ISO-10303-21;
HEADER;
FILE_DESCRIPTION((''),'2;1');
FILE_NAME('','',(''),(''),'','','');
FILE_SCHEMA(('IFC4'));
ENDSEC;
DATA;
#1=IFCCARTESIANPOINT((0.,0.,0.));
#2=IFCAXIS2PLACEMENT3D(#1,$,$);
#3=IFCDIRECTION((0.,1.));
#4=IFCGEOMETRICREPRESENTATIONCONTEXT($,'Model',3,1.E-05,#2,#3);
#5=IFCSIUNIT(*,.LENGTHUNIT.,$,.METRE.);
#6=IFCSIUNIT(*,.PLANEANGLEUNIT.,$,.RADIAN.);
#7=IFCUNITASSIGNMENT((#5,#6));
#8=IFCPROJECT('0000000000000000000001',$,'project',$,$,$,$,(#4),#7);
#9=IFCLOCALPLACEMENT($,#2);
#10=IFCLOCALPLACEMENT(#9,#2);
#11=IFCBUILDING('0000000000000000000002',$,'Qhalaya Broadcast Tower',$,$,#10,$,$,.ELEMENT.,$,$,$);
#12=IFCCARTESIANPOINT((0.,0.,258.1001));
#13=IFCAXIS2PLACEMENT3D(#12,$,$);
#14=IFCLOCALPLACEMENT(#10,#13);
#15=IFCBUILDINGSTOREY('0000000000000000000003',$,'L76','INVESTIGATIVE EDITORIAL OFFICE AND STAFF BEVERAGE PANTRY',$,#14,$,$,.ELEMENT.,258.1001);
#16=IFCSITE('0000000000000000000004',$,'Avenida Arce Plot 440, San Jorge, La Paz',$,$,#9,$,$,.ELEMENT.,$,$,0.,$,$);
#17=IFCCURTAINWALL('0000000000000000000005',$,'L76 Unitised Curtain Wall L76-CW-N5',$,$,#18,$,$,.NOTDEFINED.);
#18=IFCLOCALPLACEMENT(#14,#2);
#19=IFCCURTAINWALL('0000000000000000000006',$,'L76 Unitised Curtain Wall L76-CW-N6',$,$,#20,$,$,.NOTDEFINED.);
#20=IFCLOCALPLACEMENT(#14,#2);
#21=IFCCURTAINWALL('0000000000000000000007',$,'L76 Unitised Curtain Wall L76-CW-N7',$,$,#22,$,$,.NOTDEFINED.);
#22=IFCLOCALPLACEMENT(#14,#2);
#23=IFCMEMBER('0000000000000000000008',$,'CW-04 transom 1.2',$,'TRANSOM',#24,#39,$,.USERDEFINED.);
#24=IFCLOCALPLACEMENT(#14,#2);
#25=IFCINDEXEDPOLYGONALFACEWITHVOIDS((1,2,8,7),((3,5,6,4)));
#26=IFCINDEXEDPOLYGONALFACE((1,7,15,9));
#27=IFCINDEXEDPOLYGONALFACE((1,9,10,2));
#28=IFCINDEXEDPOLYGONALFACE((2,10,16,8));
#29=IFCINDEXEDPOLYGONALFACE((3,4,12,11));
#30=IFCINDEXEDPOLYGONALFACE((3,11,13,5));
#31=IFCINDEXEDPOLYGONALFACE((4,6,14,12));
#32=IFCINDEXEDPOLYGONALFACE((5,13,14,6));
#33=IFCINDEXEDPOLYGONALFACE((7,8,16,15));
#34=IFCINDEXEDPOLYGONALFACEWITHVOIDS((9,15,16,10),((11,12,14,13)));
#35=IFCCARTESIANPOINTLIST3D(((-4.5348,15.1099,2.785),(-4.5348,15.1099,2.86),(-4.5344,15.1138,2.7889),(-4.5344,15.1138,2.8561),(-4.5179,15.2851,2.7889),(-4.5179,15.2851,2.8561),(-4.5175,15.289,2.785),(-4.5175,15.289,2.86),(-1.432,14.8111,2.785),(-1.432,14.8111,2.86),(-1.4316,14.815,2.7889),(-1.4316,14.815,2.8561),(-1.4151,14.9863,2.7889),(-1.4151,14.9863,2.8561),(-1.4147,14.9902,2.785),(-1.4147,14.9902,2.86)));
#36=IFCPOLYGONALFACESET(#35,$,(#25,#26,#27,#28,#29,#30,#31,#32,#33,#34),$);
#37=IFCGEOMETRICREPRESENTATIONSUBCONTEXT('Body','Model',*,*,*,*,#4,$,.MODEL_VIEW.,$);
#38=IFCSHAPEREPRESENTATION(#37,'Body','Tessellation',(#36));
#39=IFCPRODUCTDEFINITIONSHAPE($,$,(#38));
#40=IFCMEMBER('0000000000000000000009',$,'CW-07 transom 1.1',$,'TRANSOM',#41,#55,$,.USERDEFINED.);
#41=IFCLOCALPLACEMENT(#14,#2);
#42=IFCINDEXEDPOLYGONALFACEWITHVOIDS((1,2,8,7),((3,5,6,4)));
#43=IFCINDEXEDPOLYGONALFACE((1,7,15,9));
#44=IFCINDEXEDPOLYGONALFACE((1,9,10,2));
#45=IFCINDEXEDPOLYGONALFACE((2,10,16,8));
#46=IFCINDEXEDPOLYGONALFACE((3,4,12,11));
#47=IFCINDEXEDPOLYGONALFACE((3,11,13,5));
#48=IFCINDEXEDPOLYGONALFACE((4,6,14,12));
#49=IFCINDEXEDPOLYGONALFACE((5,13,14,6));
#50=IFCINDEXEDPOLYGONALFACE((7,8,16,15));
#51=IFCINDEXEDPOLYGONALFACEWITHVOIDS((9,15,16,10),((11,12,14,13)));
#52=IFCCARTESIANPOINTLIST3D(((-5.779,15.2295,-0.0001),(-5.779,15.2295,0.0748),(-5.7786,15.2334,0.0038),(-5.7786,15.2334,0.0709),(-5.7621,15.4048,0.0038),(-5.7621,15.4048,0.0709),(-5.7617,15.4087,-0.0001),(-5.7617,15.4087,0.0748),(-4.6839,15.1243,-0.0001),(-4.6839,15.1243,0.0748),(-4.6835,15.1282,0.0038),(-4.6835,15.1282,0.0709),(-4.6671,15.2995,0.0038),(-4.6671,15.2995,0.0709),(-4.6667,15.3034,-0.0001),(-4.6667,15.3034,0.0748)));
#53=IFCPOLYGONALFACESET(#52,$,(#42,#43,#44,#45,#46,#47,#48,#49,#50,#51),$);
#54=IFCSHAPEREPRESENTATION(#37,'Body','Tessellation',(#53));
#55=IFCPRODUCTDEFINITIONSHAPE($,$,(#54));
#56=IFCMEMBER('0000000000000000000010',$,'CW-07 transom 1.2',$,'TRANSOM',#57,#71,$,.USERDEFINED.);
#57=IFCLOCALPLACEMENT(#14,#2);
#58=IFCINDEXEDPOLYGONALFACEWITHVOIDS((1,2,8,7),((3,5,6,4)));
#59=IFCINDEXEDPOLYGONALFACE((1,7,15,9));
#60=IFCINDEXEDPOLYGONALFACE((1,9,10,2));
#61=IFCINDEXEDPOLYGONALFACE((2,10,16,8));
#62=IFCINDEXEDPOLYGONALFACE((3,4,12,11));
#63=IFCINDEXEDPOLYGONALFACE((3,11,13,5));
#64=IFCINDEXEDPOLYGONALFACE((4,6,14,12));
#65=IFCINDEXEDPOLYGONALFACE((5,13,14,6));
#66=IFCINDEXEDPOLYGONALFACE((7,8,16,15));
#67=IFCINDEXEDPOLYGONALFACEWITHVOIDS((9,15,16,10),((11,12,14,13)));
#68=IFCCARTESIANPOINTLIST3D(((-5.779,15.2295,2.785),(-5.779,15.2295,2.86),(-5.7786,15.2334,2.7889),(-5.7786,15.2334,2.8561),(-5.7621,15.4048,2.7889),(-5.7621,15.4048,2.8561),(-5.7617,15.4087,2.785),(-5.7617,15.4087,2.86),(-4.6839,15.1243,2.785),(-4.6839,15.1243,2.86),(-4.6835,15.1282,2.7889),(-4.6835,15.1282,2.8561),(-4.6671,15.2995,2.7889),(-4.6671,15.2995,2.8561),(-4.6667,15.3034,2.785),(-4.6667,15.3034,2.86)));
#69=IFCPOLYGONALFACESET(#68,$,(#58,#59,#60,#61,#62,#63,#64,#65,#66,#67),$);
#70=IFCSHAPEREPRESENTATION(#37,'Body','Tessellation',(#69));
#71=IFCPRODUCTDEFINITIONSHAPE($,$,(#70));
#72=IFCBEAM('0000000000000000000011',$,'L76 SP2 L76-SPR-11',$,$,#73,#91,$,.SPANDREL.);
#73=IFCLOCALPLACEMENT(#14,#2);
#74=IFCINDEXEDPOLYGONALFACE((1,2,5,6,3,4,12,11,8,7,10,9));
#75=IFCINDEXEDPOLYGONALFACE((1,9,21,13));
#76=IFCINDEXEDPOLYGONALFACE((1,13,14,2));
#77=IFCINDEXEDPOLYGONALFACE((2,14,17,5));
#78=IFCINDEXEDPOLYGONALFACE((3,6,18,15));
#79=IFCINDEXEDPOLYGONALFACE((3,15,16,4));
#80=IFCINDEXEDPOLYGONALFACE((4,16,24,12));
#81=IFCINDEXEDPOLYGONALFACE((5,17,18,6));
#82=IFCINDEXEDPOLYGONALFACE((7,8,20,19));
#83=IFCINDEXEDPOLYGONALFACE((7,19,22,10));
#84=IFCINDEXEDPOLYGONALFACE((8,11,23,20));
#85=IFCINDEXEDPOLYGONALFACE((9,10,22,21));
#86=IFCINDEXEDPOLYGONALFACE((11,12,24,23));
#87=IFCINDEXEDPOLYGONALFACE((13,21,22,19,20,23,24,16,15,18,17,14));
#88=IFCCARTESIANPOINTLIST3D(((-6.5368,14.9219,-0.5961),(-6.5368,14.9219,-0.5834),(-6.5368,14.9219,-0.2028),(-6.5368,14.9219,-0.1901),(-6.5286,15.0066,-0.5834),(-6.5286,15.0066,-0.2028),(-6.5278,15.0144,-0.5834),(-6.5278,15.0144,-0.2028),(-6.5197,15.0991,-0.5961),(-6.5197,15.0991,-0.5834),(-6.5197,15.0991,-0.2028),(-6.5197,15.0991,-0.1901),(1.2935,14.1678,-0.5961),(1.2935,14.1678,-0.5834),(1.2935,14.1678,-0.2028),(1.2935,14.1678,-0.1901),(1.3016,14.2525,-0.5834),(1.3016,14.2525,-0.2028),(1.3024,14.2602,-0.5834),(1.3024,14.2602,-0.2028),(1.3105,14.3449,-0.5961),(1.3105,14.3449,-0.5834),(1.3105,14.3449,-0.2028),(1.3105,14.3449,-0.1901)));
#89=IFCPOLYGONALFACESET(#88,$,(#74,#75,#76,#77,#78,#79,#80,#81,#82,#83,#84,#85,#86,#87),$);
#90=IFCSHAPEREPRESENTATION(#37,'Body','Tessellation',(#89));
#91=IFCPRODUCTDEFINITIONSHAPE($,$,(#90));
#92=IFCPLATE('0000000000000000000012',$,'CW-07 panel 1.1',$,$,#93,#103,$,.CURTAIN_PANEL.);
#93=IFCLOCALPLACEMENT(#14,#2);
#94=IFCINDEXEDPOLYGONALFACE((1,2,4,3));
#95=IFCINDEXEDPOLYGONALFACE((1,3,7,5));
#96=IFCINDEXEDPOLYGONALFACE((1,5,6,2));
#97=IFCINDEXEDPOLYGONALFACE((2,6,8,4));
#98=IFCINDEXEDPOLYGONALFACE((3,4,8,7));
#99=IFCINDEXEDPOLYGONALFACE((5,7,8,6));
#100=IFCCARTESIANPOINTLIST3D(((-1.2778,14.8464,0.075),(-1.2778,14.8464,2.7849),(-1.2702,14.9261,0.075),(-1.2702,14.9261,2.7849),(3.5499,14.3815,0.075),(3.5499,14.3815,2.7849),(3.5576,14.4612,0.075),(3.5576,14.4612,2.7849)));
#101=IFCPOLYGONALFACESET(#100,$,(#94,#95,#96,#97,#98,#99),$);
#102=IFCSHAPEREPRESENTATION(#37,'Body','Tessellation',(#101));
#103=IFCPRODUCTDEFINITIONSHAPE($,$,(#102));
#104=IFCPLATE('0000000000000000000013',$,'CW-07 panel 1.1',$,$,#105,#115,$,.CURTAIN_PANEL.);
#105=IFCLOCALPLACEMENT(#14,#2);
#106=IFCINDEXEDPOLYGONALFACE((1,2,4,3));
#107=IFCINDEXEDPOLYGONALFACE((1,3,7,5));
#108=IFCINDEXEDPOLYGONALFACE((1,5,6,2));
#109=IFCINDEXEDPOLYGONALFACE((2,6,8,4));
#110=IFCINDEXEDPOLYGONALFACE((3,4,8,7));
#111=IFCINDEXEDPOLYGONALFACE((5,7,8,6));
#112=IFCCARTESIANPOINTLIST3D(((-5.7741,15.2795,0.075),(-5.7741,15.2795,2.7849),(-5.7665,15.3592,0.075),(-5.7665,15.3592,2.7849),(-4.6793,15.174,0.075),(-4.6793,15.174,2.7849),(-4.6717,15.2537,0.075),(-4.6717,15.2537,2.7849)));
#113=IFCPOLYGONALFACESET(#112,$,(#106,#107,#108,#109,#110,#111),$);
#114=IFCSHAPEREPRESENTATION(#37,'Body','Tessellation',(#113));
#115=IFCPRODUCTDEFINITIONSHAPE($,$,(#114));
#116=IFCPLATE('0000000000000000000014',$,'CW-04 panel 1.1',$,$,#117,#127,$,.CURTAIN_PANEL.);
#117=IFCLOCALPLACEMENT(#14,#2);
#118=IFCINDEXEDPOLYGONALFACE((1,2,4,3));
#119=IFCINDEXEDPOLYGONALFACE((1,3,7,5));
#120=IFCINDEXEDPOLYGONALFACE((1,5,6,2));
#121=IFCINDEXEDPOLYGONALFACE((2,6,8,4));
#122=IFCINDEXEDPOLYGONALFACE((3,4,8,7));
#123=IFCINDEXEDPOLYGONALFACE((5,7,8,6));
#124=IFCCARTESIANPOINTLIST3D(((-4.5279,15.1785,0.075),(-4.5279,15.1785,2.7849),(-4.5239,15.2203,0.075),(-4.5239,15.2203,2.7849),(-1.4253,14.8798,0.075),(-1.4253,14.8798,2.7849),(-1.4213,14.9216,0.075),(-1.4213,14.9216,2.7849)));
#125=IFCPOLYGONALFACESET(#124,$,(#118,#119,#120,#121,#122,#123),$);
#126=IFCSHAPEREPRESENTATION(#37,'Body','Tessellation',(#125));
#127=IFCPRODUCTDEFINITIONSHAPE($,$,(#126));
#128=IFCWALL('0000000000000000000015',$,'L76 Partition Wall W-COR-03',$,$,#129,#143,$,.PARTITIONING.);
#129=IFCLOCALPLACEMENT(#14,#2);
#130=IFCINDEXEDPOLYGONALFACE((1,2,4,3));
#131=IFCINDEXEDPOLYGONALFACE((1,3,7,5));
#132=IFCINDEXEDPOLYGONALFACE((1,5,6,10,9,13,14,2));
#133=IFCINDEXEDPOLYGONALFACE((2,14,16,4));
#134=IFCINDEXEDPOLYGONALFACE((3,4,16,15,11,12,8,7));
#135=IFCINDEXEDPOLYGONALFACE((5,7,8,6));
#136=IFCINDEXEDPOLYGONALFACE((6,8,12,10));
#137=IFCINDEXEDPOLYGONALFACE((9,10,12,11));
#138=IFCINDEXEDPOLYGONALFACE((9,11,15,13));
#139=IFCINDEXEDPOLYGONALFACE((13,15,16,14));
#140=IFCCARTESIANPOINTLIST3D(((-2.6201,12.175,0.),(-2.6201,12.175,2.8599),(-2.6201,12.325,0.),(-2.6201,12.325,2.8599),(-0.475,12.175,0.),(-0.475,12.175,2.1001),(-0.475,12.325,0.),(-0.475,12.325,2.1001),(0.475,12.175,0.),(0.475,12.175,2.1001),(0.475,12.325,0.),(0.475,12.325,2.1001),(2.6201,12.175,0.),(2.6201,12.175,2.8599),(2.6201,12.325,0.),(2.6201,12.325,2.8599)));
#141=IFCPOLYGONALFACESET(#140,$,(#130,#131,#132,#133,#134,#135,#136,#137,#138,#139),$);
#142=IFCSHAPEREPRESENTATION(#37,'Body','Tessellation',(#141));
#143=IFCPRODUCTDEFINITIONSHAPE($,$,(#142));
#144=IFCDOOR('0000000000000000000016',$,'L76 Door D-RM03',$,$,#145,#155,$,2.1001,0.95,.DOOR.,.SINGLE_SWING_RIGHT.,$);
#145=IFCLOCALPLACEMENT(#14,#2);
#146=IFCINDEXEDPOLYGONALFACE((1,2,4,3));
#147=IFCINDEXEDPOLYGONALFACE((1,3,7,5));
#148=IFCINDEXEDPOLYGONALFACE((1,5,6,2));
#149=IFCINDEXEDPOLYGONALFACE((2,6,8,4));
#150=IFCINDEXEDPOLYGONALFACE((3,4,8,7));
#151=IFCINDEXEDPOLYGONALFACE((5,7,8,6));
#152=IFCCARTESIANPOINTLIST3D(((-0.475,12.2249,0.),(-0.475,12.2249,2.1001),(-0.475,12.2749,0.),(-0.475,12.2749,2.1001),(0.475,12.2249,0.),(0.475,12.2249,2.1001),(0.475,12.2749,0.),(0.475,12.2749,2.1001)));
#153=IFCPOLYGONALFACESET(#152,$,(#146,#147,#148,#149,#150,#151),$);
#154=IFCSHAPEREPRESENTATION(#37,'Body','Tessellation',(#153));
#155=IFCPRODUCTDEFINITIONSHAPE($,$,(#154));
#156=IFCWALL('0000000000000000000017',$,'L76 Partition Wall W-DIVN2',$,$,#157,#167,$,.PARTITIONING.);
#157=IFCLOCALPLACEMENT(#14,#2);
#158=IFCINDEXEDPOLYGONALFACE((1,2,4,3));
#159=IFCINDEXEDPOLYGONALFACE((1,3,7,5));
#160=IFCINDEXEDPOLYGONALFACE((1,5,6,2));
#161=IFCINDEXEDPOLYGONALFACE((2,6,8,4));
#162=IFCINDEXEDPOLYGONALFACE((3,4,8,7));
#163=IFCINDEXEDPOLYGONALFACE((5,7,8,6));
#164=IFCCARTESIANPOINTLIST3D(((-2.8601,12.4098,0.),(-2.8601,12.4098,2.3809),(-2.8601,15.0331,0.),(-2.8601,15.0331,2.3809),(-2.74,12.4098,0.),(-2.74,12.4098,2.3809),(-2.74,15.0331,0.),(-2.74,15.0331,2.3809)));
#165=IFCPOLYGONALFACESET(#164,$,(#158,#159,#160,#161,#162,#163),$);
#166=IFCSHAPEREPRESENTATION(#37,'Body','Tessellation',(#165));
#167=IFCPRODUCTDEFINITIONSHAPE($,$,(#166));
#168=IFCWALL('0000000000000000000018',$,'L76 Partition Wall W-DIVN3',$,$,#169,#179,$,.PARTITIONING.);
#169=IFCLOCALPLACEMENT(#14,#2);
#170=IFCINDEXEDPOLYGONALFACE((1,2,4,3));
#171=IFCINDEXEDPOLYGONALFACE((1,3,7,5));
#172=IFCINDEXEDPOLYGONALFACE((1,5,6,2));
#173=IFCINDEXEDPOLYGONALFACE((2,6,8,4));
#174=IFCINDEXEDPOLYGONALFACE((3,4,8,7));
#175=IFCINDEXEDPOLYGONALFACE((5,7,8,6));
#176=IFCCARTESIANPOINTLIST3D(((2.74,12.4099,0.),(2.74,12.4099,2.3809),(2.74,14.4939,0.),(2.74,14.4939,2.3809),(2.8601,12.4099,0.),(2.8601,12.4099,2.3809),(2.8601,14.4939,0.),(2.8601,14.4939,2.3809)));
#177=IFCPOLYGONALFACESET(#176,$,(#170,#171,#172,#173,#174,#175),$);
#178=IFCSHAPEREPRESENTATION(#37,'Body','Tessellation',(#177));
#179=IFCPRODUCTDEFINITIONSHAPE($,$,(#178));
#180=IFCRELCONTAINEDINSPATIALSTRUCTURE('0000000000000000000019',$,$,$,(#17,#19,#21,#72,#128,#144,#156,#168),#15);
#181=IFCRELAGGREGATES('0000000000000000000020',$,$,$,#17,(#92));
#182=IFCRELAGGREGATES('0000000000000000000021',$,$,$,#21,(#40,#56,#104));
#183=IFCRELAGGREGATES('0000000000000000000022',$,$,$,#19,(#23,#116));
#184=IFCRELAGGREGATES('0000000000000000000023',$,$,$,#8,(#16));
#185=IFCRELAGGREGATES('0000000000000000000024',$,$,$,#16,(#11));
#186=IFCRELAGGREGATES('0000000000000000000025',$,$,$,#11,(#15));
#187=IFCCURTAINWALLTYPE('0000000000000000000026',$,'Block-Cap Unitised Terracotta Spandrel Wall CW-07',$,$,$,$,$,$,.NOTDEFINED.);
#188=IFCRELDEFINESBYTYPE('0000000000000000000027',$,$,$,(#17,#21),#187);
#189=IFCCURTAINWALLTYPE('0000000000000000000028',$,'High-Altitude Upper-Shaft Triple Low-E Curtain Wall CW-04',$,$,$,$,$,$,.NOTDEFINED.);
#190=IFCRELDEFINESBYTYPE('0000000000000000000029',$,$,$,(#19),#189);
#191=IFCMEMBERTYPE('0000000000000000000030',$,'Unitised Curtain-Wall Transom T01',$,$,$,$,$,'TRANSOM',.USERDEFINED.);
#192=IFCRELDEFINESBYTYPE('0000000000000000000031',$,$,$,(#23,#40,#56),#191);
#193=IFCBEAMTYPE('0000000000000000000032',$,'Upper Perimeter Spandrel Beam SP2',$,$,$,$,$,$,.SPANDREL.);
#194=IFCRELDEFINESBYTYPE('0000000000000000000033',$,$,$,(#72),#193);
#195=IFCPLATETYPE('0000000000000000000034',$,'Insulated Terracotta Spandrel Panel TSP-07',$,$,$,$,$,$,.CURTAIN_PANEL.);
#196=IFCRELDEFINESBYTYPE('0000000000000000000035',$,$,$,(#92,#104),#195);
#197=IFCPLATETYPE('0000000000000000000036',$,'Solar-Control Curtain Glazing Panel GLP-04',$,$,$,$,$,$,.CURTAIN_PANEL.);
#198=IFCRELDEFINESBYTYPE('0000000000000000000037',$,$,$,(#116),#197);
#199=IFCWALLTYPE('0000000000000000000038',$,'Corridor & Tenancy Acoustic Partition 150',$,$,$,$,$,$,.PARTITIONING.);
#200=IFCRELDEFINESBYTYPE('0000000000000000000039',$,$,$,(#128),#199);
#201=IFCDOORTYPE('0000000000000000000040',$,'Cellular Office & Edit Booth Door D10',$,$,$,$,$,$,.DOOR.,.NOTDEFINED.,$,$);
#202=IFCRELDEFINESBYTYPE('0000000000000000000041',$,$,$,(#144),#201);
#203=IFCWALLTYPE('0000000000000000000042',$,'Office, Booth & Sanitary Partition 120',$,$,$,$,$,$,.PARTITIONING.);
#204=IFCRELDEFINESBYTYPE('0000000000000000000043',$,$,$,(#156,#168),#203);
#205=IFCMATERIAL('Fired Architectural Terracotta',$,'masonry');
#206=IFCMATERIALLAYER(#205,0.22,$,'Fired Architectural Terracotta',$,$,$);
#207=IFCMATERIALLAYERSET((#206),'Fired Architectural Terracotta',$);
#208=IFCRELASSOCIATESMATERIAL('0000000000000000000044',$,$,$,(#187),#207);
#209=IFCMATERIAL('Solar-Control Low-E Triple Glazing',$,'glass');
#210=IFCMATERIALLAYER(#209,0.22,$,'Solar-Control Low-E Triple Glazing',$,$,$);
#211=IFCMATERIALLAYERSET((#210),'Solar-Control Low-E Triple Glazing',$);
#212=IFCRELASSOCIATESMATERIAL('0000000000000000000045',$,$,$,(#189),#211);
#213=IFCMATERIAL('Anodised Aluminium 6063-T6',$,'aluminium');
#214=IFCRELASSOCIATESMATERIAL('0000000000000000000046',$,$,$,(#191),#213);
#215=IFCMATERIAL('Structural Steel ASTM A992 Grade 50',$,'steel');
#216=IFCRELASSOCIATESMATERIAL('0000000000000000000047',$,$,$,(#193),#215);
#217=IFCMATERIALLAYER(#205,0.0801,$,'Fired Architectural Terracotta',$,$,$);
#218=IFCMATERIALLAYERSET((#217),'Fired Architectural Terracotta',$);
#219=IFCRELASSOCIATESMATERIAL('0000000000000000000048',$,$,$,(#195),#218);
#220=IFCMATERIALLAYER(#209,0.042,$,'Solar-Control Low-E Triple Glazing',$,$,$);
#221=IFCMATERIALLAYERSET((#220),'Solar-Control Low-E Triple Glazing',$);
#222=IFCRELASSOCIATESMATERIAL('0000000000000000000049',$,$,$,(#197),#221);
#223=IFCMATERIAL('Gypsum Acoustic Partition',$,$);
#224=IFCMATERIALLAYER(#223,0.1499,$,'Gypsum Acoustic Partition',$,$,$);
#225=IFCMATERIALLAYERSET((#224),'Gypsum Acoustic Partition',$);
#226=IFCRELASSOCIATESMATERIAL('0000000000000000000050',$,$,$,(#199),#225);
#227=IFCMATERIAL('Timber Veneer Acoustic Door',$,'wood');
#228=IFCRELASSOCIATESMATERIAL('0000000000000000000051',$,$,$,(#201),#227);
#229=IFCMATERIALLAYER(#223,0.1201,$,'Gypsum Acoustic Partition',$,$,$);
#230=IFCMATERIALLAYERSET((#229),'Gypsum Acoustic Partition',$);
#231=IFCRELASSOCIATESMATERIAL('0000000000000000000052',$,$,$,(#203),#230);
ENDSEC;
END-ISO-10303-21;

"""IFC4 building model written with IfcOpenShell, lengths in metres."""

from ifc_helpers import new_model, si_unit, direction, frame, frame_2d, origin, origin_2d, place, context, subcontext, project, spatial, rectangle, hollow_rectangle, i_section, extrude, material, layer, layer_set, material_profile, profile_set, type_object, element, fill, aggregate, save


model = new_model("IFC4")

# Units and contexts
model_context = context("Model", 3, precision=1e-05, world=origin(), true_north=direction((0.0, 1.0)))
body_context = subcontext(model_context, "Body", "Model", "MODEL_VIEW")
ifc_project = project(units=[si_unit("LENGTHUNIT", "METRE"), si_unit("PLANEANGLEUNIT", "RADIAN")], contexts=[model_context])

# Site, building, storey
site_placement = place(None, origin())
site = spatial("IfcSite", under=ifc_project, at=site_placement, Name="Avenida Arce Plot 440, San Jorge, La Paz", CompositionType="ELEMENT", RefElevation=0.0)
building_placement = place(site_placement, origin())
building = spatial("IfcBuilding", under=site, at=building_placement, Name="Qhalaya Broadcast Tower", CompositionType="ELEMENT")
storey_placement = place(building_placement, frame((0.0, 0.0, 258.1001)))
storey = spatial("IfcBuildingStorey", under=building, at=storey_placement, Name="L76", Description="INVESTIGATIVE EDITORIAL OFFICE AND STAFF BEVERAGE PANTRY", CompositionType="ELEMENT", Elevation=258.1001)

# Shared definitions
ifc_material_1 = material(Name="Structural Steel ASTM A992 Grade 50", Category="steel")

# Curtain wall
ifc_material_2 = material(Name="Fired Architectural Terracotta", Category="masonry")
ifc_layer_1 = layer(ifc_material_2, 0.22, Name="Fired Architectural Terracotta")
ifc_layer_set_1 = layer_set([ifc_layer_1], Name="Fired Architectural Terracotta")
curtain_wall_type_1 = type_object("IfcCurtainWallType", Name="Block-Cap Unitised Terracotta Spandrel Wall CW-07", PredefinedType="NOTDEFINED", material=ifc_layer_set_1)
curtain_wall_1_placement = place(storey_placement, origin())
curtain_wall_1 = element("IfcCurtainWall", 1, at=curtain_wall_1_placement, inside=storey, type_object=curtain_wall_type_1, Name="L76 Unitised Curtain Wall L76-CW-N5", PredefinedType="NOTDEFINED")
ifc_material_3 = material(Name="Anodised Aluminium 6063-T6", Category="aluminium")

# Curtain walls
ifc_material_4 = material(Name="Solar-Control Low-E Triple Glazing", Category="glass")
ifc_layer_2 = layer(ifc_material_4, 0.22, Name="Solar-Control Low-E Triple Glazing")
ifc_layer_set_2 = layer_set([ifc_layer_2], Name="Solar-Control Low-E Triple Glazing")
curtain_wall_type_2 = type_object("IfcCurtainWallType", Name="High-Altitude Upper-Shaft Triple Low-E Curtain Wall CW-04", PredefinedType="NOTDEFINED", material=ifc_layer_set_2)
curtain_wall_2_placement = place(storey_placement, origin())
curtain_wall_2 = element("IfcCurtainWall", 2, at=curtain_wall_2_placement, inside=storey, type_object=curtain_wall_type_2, Name="L76 Unitised Curtain Wall L76-CW-N6", PredefinedType="NOTDEFINED")
curtain_wall_3_placement = place(storey_placement, origin())
curtain_wall_3 = element("IfcCurtainWall", 3, at=curtain_wall_3_placement, inside=storey, type_object=curtain_wall_type_1, Name="L76 Unitised Curtain Wall L76-CW-N7", PredefinedType="NOTDEFINED")

# Members
ifc_material_profile_1 = material_profile(ifc_material_3, hollow_rectangle(XDim=0.075, YDim=0.1799, WallThickness=0.0039, at=origin_2d()), Name="ALU-TRN 75x180x4")
ifc_profile_set_1 = profile_set([ifc_material_profile_1], Name="Anodised Aluminium 6063-T6")
member_type_1 = type_object("IfcMemberType", Name="Unitised Curtain-Wall Transom T01", ElementType="TRANSOM", PredefinedType="USERDEFINED", material=ifc_profile_set_1)
member_1_placement = place(storey_placement, frame((-1.4233, 14.9006, 2.8225), z_axis=(-0.995394, 0.095866, 0.0), x_axis=(0.0, 0.0, 1.0)))
member_1 = element("IfcMember", 4, at=member_1_placement, type_object=member_type_1, Name="CW-04 transom 1.2", ObjectType="TRANSOM", PredefinedType="USERDEFINED", context=body_context, shape_type="SweptSolid", body=[
    extrude(hollow_rectangle(XDim=0.075, YDim=0.1799, WallThickness=0.0039, at=origin_2d()), origin(), (0.0, 0.0, 1.0), 3.1172),
])
member_2_placement = place(storey_placement, frame((-4.6753, 15.2139, 0.0374), z_axis=(-0.995414, 0.095657, 0.0), x_axis=(0.0, 0.0, 1.0)))
member_2 = element("IfcMember", 5, at=member_2_placement, type_object=member_type_1, Name="CW-07 transom 1.1", ObjectType="TRANSOM", PredefinedType="USERDEFINED", context=body_context, shape_type="SweptSolid", body=[
    extrude(hollow_rectangle(XDim=0.075, YDim=0.1799, WallThickness=0.0039, at=origin_2d()), origin(), (0.0, 0.0, 1.0), 1.1001),
])
member_3_placement = place(storey_placement, frame((-4.6753, 15.2139, 2.8225), z_axis=(-0.995414, 0.095657, 0.0), x_axis=(0.0, 0.0, 1.0)))
member_3 = element("IfcMember", 6, at=member_3_placement, type_object=member_type_1, Name="CW-07 transom 1.2", ObjectType="TRANSOM", PredefinedType="USERDEFINED", context=body_context, shape_type="SweptSolid", body=[
    extrude(hollow_rectangle(XDim=0.075, YDim=0.1799, WallThickness=0.0039, at=origin_2d()), origin(), (0.0, 0.0, 1.0), 1.1001),
])

# Beam
ifc_material_profile_2 = material_profile(ifc_material_1, i_section(OverallWidth=0.178, OverallDepth=0.406, WebThickness=0.0078, FlangeThickness=0.0127, at=origin_2d()), Name="W16X40")
ifc_profile_set_2 = profile_set([ifc_material_profile_2], Name="Structural Steel ASTM A992 Grade 50")
beam_type_1 = type_object("IfcBeamType", Name="Upper Perimeter Spandrel Beam SP2", PredefinedType="SPANDREL", material=ifc_profile_set_2)
beam_1_placement = place(storey_placement, frame((1.302, 14.2563, -0.3931), z_axis=(-0.995394, 0.095868, 0.0), x_axis=(-0.095868, -0.995394, 0.0)))
element("IfcBeam", 7, at=beam_1_placement, inside=storey, type_object=beam_type_1, Name="L76 SP2 L76-SPR-11", PredefinedType="SPANDREL", context=body_context, shape_type="SweptSolid", body=[
    extrude(i_section(OverallWidth=0.178, OverallDepth=0.406, WebThickness=0.0078, FlangeThickness=0.0127, at=origin_2d()), origin(), (0.0, 0.0, 1.0), 7.8665),
])

# Plates
ifc_layer_3 = layer(ifc_material_2, 0.0801, Name="Fired Architectural Terracotta")
ifc_layer_set_3 = layer_set([ifc_layer_3], Name="Fired Architectural Terracotta")
plate_type_1 = type_object("IfcPlateType", Name="Insulated Terracotta Spandrel Panel TSP-07", PredefinedType="CURTAIN_PANEL", material=ifc_layer_set_3)
plate_1_placement = place(storey_placement, frame((1.1399, 14.6538, 0.075), z_axis=(0.0, 0.0, 1.0), x_axis=(-0.995395, 0.09586, 0.0)))
plate_1 = element("IfcPlate", 8, at=plate_1_placement, type_object=plate_type_1, Name="CW-07 panel 1.1", PredefinedType="CURTAIN_PANEL", context=body_context, shape_type="SweptSolid", body=[
    extrude(rectangle(XDim=4.8501, YDim=0.0801, at=origin_2d()), origin(), (0.0, 0.0, 1.0), 2.71),
])
aggregate(curtain_wall_1, [plate_1])
plate_2_placement = place(storey_placement, frame((-5.2229, 15.2666, 0.075), z_axis=(0.0, 0.0, 1.0), x_axis=(-0.995396, 0.095844, 0.0)))
plate_2 = element("IfcPlate", 9, at=plate_2_placement, type_object=plate_type_1, Name="CW-07 panel 1.1", PredefinedType="CURTAIN_PANEL", context=body_context, shape_type="SweptSolid", body=[
    extrude(rectangle(XDim=1.0999, YDim=0.0801, at=origin_2d()), origin(), (0.0, 0.0, 1.0), 2.71),
])
aggregate(curtain_wall_3, [member_2, member_3, plate_2])
ifc_layer_4 = layer(ifc_material_4, 0.042, Name="Solar-Control Low-E Triple Glazing")
ifc_layer_set_4 = layer_set([ifc_layer_4], Name="Solar-Control Low-E Triple Glazing")
plate_type_2 = type_object("IfcPlateType", Name="Solar-Control Curtain Glazing Panel GLP-04", PredefinedType="CURTAIN_PANEL", material=ifc_layer_set_4)
plate_3_placement = place(storey_placement, frame((-2.9746, 15.05, 0.075), z_axis=(0.0, 0.0, 1.0), x_axis=(-0.995397, 0.095836, 0.0)))
plate_3 = element("IfcPlate", 10, at=plate_3_placement, type_object=plate_type_2, Name="CW-04 panel 1.1", PredefinedType="CURTAIN_PANEL", context=body_context, shape_type="SweptSolid", body=[
    extrude(rectangle(XDim=3.1169, YDim=0.042, at=origin_2d()), origin(), (0.0, 0.0, 1.0), 2.71),
])
aggregate(curtain_wall_2, [member_1, plate_3])

# Wall, opening, door
ifc_material_5 = material(Name="Gypsum Acoustic Partition")
ifc_layer_5 = layer(ifc_material_5, 0.1499, Name="Gypsum Acoustic Partition")
ifc_layer_set_5 = layer_set([ifc_layer_5], Name="Gypsum Acoustic Partition")
wall_type_1 = type_object("IfcWallType", Name="Corridor & Tenancy Acoustic Partition 150", PredefinedType="PARTITIONING", material=ifc_layer_set_5)
wall_1_placement = place(storey_placement, frame((-2.6201, 12.25, 0.0), z_axis=(0.0, 0.0, 1.0), x_axis=(1.0, 0.0, 0.0)))
wall_1 = element("IfcWall", 11, at=wall_1_placement, inside=storey, type_object=wall_type_1, Name="L76 Partition Wall W-COR-03", PredefinedType="PARTITIONING", context=body_context, shape_type="SweptSolid", body=[
    extrude(rectangle(XDim=5.2402, YDim=0.1499, at=frame_2d((2.6201, 0.0))), origin(), (0.0, 0.0, 1.0), 2.8599),
])
opening_placement = place(wall_1_placement, frame((2.145, 0.0, 0.0)))
opening = element("IfcOpeningElement", 12, at=opening_placement, cuts=wall_1, PredefinedType="OPENING", context=body_context, shape_type="SweptSolid", body=[
    extrude(rectangle(XDim=0.95, YDim=2.1001, at=frame_2d((0.4751, 1.05))), frame((0.0, 0.0869, 0.0), z_axis=(0.0, -1.0, 0.0), x_axis=(1.0, 0.0, 0.0)), (0.0, 0.0, 1.0), 0.1738),
])
ifc_material_6 = material(Name="Timber Veneer Acoustic Door", Category="wood")
door_type = type_object("IfcDoorType", Name="Cellular Office & Edit Booth Door D10", OperationType="NOTDEFINED", PredefinedType="DOOR", material=ifc_material_6)
door_placement = place(opening_placement, origin())
door = element("IfcDoor", 13, at=door_placement, inside=storey, type_object=door_type, Name="L76 Door D-RM03", OperationType="SINGLE_SWING_RIGHT", OverallHeight=2.1001, OverallWidth=0.95, PredefinedType="DOOR", context=body_context, shape_type="SweptSolid", body=[
    extrude(rectangle(XDim=0.95, YDim=2.1001, at=frame_2d((0.4751, 1.05))), frame((0.0, 0.0249, 0.0), z_axis=(0.0, -1.0, 0.0), x_axis=(1.0, 0.0, 0.0)), (0.0, 0.0, 1.0), 0.05),
])
fill(opening, door)

# Walls
ifc_layer_6 = layer(ifc_material_5, 0.1201, Name="Gypsum Acoustic Partition")
ifc_layer_set_6 = layer_set([ifc_layer_6], Name="Gypsum Acoustic Partition")
wall_type_2 = type_object("IfcWallType", Name="Office, Booth & Sanitary Partition 120", PredefinedType="PARTITIONING", material=ifc_layer_set_6)
wall_2_placement = place(storey_placement, frame((-2.8, 12.4099, 0.0), z_axis=(0.0, 0.0, 1.0), x_axis=(0.0, 1.0, 0.0)))
element("IfcWall", 14, at=wall_2_placement, inside=storey, type_object=wall_type_2, Name="L76 Partition Wall W-DIVN2", PredefinedType="PARTITIONING", context=body_context, shape_type="SweptSolid", body=[
    extrude(rectangle(XDim=2.6233, YDim=0.1201, at=frame_2d((1.3115, 0.0))), origin(), (0.0, 0.0, 1.0), 2.3809),
])
wall_3_placement = place(storey_placement, frame((2.8, 12.4099, 0.0), z_axis=(0.0, 0.0, 1.0), x_axis=(0.0, 1.0, 0.0)))
element("IfcWall", 15, at=wall_3_placement, inside=storey, type_object=wall_type_2, Name="L76 Partition Wall W-DIVN3", PredefinedType="PARTITIONING", context=body_context, shape_type="SweptSolid", body=[
    extrude(rectangle(XDim=2.084, YDim=0.1201, at=frame_2d((1.042, 0.0))), origin(), (0.0, 0.0, 1.0), 2.3809),
])

save(model, "model.ifc")
